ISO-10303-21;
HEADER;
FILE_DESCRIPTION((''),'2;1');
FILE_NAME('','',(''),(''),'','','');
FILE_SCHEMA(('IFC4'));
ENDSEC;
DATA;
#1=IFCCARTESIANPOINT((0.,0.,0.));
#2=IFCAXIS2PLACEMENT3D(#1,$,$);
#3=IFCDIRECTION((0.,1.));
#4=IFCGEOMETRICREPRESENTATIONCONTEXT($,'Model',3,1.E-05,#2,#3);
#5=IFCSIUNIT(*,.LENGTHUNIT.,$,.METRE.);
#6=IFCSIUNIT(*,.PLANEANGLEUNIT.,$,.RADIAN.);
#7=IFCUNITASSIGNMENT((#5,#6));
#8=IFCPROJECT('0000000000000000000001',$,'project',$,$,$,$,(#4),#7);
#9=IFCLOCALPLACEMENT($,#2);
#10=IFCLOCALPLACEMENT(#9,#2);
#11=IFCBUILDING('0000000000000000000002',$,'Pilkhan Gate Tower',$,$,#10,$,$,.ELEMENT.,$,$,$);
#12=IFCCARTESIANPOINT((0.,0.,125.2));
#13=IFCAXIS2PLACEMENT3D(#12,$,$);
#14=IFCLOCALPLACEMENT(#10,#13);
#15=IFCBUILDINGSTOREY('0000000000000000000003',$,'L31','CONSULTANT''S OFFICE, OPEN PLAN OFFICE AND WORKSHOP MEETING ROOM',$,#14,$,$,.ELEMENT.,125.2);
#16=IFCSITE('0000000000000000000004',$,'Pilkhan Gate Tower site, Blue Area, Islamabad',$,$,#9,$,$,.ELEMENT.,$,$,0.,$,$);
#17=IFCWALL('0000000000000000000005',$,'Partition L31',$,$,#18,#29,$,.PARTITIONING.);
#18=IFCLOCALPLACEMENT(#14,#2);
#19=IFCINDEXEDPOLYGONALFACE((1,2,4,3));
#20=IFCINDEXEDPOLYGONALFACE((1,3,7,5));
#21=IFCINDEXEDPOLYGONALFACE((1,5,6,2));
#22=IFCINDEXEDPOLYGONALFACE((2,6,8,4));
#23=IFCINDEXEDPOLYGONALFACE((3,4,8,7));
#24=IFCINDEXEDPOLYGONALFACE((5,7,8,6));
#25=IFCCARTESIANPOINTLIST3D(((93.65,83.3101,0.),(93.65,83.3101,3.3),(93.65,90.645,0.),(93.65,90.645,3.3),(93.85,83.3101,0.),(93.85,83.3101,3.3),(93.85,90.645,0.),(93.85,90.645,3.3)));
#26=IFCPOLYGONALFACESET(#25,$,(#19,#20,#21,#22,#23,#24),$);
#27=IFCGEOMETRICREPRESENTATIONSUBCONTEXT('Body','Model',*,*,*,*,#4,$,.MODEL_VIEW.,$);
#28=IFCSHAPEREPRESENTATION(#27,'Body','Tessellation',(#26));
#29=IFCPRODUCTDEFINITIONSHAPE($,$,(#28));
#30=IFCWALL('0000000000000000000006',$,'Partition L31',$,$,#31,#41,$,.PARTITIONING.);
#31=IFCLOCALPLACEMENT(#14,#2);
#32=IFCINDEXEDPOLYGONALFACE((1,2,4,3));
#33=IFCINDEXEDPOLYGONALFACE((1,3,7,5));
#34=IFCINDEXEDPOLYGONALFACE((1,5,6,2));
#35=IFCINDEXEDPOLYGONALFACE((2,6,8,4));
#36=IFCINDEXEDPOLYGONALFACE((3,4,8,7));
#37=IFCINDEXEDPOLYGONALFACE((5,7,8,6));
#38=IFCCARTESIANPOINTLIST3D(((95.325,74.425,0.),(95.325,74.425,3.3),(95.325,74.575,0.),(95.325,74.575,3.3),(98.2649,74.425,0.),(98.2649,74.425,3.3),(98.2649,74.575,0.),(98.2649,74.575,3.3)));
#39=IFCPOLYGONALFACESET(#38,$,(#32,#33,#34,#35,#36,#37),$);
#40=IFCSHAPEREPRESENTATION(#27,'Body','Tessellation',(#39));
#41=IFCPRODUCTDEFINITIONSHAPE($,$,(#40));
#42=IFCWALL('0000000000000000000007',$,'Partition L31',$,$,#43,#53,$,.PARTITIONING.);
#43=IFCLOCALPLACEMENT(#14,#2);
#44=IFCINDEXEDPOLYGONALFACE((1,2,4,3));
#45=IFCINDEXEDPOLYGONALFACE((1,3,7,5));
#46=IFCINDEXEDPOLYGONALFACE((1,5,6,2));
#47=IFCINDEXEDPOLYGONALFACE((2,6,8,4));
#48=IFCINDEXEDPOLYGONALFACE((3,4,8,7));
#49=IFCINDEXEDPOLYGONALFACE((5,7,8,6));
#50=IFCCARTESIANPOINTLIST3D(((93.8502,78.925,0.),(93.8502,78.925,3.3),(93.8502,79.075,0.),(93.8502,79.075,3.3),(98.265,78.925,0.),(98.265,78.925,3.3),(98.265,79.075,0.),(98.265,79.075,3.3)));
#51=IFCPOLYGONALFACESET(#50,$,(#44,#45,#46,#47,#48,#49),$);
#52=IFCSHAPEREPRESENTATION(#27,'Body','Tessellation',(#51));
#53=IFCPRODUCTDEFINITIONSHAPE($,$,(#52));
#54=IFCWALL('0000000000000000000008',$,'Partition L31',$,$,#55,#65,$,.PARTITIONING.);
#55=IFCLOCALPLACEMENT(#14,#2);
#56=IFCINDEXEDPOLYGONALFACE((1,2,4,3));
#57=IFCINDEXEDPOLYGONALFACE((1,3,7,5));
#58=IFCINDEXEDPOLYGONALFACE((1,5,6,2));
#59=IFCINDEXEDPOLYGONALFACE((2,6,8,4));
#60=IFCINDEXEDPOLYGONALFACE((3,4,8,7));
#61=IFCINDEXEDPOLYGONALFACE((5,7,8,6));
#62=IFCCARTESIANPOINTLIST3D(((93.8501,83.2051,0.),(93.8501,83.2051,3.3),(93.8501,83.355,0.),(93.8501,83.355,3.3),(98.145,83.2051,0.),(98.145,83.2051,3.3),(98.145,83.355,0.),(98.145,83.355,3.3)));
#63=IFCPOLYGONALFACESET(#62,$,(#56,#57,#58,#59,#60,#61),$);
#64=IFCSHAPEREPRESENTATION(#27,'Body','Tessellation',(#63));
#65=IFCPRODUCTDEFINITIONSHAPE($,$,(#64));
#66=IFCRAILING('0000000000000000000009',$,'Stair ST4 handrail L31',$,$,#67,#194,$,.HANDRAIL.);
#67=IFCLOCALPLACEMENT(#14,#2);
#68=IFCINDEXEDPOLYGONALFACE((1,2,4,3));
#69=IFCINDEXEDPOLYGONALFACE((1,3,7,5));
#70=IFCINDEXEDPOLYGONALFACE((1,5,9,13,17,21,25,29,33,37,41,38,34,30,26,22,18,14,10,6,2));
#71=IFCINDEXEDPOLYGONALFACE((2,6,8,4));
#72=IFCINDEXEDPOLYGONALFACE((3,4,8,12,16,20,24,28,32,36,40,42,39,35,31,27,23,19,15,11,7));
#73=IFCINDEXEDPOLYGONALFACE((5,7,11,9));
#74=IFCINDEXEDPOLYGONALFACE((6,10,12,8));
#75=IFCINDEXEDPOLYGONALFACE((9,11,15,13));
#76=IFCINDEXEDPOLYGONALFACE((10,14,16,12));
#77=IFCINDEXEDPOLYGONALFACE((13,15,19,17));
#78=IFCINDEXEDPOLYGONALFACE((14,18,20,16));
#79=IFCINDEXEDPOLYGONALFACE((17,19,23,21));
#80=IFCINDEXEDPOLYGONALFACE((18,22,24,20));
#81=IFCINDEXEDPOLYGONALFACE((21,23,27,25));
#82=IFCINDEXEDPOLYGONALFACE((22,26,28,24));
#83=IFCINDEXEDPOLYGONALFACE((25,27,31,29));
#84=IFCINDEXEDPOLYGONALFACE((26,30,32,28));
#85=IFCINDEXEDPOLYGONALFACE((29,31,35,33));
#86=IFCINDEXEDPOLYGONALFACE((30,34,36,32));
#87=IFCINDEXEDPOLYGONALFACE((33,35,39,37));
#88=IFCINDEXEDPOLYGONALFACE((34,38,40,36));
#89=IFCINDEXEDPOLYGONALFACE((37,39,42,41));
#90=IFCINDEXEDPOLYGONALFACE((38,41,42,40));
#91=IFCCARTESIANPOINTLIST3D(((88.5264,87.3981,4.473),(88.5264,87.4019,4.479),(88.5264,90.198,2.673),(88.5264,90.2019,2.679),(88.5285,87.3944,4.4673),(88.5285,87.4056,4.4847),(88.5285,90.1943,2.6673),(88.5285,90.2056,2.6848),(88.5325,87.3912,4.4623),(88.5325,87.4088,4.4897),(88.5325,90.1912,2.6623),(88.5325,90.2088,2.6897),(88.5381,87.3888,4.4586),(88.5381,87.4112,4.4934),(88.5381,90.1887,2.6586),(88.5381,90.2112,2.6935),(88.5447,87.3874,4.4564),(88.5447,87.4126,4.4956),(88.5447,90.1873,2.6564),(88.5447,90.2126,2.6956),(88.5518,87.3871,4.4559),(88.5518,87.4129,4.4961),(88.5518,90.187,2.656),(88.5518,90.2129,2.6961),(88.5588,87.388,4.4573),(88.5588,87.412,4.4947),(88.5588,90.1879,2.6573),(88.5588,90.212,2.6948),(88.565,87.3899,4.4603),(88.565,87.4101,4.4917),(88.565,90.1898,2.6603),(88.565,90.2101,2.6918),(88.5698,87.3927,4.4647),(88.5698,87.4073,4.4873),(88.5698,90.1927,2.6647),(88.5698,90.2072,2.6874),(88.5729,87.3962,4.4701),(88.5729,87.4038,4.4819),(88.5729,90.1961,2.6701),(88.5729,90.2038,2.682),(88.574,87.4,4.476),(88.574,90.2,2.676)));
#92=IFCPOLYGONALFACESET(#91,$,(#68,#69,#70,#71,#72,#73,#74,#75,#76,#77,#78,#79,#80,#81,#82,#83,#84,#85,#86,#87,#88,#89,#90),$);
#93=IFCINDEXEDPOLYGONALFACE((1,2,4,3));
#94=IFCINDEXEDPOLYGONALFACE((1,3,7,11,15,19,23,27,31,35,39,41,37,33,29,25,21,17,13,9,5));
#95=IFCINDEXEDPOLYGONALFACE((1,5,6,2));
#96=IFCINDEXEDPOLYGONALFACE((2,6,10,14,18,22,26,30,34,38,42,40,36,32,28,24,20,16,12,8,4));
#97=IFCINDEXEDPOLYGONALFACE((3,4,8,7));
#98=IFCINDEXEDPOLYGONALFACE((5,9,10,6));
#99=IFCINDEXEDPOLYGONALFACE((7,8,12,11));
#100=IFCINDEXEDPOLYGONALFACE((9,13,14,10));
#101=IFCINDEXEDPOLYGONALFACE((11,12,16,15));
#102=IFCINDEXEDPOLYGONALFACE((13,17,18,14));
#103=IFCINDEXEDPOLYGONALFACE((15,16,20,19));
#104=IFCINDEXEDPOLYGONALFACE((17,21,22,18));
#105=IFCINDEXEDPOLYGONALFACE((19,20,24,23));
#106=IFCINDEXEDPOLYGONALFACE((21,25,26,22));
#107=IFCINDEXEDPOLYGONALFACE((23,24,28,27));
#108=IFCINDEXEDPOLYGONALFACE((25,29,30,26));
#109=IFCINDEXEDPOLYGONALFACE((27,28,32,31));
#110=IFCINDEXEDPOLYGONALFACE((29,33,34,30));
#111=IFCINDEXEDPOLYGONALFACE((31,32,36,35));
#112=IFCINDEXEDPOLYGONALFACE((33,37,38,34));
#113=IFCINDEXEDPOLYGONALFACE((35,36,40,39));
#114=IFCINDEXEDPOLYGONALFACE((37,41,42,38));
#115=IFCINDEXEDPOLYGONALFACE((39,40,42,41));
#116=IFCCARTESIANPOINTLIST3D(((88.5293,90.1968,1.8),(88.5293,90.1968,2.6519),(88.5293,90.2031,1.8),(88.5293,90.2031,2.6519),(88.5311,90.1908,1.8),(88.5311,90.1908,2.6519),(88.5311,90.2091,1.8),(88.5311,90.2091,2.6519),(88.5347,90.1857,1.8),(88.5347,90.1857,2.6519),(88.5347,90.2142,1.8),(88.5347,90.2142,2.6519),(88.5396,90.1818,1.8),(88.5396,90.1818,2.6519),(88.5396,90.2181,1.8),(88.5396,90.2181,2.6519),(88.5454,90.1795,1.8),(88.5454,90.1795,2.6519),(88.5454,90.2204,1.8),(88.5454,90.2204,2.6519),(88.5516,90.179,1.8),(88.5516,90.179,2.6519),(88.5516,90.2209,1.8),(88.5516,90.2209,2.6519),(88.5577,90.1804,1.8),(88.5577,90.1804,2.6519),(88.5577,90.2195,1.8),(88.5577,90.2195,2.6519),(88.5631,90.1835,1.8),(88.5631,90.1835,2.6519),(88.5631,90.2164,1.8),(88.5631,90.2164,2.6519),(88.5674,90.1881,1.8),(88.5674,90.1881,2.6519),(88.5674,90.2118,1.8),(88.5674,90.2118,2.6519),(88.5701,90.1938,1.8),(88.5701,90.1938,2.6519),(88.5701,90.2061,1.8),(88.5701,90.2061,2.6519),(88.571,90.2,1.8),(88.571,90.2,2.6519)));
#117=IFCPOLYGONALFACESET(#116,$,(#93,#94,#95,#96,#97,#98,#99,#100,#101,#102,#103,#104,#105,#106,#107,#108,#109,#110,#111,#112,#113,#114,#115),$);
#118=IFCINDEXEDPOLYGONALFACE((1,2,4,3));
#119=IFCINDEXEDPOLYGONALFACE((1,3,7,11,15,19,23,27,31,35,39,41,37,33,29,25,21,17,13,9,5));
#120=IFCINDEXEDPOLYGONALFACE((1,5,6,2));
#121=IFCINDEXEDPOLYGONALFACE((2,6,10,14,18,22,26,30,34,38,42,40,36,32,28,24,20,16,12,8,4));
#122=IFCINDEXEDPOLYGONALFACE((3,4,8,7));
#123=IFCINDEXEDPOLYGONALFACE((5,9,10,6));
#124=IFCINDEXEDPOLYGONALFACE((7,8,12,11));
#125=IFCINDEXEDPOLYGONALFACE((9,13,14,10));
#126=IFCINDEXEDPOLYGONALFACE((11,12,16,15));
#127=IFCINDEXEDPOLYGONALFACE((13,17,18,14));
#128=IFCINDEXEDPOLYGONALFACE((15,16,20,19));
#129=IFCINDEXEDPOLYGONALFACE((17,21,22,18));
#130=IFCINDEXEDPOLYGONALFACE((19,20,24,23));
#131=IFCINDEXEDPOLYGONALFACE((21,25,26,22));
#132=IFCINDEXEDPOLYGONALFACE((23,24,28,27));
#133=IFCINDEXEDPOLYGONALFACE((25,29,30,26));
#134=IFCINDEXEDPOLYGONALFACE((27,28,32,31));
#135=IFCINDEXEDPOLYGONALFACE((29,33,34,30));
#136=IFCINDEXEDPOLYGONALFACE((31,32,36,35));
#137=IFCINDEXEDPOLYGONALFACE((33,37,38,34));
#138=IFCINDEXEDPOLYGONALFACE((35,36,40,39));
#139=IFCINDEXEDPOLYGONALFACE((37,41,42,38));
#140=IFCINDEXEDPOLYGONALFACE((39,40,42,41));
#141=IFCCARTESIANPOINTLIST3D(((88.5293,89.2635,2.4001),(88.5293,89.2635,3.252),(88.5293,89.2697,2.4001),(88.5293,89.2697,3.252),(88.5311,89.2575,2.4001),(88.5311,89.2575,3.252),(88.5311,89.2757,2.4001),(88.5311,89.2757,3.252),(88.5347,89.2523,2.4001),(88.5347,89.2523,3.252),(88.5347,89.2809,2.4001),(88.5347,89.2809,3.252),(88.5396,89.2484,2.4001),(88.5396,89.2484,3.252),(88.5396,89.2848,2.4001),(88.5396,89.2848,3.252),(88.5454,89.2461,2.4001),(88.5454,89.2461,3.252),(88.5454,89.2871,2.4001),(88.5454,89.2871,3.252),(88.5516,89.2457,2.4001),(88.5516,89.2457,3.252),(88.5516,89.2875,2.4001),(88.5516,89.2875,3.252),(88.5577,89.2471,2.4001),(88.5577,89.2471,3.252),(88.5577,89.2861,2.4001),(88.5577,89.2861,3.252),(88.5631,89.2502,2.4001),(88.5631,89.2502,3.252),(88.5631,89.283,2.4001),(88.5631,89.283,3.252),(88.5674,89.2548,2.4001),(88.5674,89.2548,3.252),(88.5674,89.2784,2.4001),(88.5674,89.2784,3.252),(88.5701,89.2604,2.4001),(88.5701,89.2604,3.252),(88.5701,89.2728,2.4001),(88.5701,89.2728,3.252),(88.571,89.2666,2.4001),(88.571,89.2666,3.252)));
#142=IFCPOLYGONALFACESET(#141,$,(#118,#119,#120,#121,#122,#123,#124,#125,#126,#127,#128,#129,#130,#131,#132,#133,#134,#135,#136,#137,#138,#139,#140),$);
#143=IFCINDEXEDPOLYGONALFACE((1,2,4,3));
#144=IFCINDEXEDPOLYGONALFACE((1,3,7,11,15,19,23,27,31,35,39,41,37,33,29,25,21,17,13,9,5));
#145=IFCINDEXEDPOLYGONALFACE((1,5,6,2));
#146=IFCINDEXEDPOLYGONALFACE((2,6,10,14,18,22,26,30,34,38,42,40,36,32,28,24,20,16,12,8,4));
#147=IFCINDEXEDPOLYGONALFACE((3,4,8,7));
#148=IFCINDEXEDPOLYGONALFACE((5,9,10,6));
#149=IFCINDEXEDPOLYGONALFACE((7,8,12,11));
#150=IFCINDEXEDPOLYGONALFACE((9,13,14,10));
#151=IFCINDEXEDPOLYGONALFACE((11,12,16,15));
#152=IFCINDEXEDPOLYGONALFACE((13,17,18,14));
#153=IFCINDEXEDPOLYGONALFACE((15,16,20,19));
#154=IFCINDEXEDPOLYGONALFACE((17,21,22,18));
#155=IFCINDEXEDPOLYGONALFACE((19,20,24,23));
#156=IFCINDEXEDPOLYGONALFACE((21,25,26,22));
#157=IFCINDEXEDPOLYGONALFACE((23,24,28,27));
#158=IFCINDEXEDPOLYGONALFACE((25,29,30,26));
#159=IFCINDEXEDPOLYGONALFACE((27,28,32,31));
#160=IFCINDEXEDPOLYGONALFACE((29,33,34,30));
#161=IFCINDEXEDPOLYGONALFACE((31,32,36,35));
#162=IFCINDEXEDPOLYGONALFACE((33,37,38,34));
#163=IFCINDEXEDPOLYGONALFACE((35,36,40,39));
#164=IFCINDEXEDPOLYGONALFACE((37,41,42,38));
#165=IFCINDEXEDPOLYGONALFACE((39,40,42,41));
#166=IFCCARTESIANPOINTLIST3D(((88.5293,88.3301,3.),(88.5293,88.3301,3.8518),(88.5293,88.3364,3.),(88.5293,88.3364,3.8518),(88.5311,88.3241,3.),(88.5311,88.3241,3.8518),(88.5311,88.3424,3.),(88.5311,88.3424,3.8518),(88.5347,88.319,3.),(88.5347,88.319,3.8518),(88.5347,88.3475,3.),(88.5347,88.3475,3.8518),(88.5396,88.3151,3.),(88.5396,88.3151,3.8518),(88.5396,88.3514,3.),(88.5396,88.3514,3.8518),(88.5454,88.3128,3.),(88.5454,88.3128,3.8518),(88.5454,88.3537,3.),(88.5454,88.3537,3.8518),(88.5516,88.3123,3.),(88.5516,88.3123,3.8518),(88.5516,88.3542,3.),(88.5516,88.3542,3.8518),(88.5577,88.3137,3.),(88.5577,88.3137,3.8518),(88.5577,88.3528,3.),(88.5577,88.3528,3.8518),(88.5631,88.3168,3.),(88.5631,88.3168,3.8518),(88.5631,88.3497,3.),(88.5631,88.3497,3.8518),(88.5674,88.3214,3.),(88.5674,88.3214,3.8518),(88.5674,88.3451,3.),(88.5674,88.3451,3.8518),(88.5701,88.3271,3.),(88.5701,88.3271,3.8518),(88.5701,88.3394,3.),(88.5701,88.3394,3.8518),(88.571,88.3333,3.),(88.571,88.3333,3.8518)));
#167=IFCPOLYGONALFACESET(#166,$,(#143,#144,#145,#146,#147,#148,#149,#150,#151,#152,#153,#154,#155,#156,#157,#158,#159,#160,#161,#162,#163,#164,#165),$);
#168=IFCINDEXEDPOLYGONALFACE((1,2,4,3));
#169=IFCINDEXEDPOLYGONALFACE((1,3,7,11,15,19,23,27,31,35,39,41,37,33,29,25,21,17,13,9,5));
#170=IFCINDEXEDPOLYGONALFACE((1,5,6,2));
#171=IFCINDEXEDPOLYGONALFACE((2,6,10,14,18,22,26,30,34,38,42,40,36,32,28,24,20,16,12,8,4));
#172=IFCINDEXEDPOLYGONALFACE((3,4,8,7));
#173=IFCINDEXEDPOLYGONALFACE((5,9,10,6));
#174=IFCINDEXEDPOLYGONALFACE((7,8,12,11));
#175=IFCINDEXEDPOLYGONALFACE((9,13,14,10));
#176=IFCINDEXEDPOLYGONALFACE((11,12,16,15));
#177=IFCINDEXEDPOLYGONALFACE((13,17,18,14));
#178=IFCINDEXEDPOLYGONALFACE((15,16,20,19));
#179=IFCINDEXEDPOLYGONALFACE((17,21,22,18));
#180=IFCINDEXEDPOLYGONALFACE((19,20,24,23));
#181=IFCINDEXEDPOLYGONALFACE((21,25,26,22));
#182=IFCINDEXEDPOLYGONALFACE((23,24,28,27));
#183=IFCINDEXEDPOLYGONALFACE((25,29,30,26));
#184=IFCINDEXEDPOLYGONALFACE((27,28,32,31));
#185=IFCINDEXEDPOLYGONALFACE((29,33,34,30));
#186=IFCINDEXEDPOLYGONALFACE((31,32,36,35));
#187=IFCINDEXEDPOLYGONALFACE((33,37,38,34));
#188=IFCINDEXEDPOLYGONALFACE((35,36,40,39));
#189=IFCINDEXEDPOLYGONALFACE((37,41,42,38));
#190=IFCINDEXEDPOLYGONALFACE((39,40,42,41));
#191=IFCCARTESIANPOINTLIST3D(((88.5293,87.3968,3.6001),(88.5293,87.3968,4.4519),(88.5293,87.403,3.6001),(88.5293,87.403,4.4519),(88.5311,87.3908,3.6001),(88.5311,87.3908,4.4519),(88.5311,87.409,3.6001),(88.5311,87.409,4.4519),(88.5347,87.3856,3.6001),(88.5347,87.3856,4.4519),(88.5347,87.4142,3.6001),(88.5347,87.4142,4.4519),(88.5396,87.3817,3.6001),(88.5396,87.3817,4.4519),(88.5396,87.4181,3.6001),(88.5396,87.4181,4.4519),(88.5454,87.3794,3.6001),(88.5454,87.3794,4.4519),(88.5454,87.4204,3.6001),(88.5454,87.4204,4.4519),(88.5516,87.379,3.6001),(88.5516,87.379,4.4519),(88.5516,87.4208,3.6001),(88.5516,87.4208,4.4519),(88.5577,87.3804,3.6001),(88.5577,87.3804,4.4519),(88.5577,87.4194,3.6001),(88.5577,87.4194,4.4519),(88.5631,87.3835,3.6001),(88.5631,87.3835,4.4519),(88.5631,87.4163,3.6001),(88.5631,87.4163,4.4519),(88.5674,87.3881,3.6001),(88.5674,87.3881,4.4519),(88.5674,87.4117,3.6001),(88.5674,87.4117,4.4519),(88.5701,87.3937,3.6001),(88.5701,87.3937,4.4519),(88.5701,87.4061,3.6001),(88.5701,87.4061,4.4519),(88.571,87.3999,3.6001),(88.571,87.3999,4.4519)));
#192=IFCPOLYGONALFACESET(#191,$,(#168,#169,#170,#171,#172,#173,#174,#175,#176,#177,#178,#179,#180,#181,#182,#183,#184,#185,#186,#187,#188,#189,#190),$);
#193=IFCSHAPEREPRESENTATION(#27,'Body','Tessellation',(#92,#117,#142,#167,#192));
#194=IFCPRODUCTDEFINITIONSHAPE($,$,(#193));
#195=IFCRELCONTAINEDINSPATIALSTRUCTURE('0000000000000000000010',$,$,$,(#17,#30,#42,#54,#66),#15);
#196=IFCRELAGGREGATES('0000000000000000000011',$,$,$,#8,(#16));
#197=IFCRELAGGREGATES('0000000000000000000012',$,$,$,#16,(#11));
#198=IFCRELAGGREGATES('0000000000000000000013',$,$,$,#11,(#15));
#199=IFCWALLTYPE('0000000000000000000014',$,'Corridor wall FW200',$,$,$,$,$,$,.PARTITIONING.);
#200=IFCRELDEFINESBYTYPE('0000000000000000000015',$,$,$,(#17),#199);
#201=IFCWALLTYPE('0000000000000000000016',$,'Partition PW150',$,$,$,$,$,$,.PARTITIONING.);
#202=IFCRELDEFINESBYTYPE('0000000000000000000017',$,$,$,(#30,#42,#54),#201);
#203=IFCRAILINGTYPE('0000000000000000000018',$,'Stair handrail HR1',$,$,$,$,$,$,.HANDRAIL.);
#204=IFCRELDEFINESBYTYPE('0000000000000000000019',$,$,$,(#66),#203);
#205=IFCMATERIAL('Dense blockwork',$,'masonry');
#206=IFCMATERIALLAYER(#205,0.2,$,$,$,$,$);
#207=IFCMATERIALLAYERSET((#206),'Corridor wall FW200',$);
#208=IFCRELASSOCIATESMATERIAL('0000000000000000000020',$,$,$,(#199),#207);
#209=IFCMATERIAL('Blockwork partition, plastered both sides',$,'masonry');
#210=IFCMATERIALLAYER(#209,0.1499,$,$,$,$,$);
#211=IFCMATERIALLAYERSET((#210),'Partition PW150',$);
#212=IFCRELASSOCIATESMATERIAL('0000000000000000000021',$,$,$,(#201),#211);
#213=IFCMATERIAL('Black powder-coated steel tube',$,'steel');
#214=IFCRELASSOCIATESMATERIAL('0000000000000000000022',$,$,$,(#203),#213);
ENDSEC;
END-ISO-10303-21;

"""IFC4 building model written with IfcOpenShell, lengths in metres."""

from ifc_helpers import new_model, si_unit, direction, frame, frame_2d, origin, origin_2d, place, context, subcontext, project, spatial, rectangle, circle, extrude, material, layer, layer_set, type_object, element, save


model = new_model("IFC4")

# Units and contexts
model_context = context("Model", 3, precision=1e-05, world=origin(), true_north=direction((0.0, 1.0)))
body_context = subcontext(model_context, "Body", "Model", "MODEL_VIEW")
ifc_project = project(units=[si_unit("LENGTHUNIT", "METRE"), si_unit("PLANEANGLEUNIT", "RADIAN")], contexts=[model_context])

# Site, building, storey
site_placement = place(None, origin())
site = spatial("IfcSite", under=ifc_project, at=site_placement, Name="Pilkhan Gate Tower site, Blue Area, Islamabad", CompositionType="ELEMENT", RefElevation=0.0)
building_placement = place(site_placement, origin())
building = spatial("IfcBuilding", under=site, at=building_placement, Name="Pilkhan Gate Tower", CompositionType="ELEMENT")
storey_placement = place(building_placement, frame((0.0, 0.0, 125.2)))
storey = spatial("IfcBuildingStorey", under=building, at=storey_placement, Name="L31", Description="CONSULTANT'S OFFICE, OPEN PLAN OFFICE AND WORKSHOP MEETING ROOM", CompositionType="ELEMENT", Elevation=125.2)

# Walls
ifc_material_1 = material(Name="Dense blockwork", Category="masonry")
ifc_layer_1 = layer(ifc_material_1, 0.2)
ifc_layer_set_1 = layer_set([ifc_layer_1], Name="Corridor wall FW200")
wall_type_1 = type_object("IfcWallType", Name="Corridor wall FW200", PredefinedType="PARTITIONING", material=ifc_layer_set_1)
wall_1_placement = place(storey_placement, frame((93.75, 83.3101, 0.0), z_axis=(0.0, 0.0, 1.0), x_axis=(0.0, 1.0, 0.0)))
element("IfcWall", 1, at=wall_1_placement, inside=storey, type_object=wall_type_1, Name="Partition L31", PredefinedType="PARTITIONING", context=body_context, shape_type="SweptSolid", body=[
    extrude(rectangle(XDim=7.335, YDim=0.2, at=frame_2d((3.6675, 0.0))), origin(), (0.0, 0.0, 1.0), 3.3),
])
ifc_material_2 = material(Name="Blockwork partition, plastered both sides", Category="masonry")
ifc_layer_2 = layer(ifc_material_2, 0.1499)
ifc_layer_set_2 = layer_set([ifc_layer_2], Name="Partition PW150")
wall_type_2 = type_object("IfcWallType", Name="Partition PW150", PredefinedType="PARTITIONING", material=ifc_layer_set_2)
wall_2_placement = place(storey_placement, frame((95.325, 74.5, 0.0), z_axis=(0.0, 0.0, 1.0), x_axis=(1.0, 0.0, 0.0)))
element("IfcWall", 2, at=wall_2_placement, inside=storey, type_object=wall_type_2, Name="Partition L31", PredefinedType="PARTITIONING", context=body_context, shape_type="SweptSolid", body=[
    extrude(rectangle(XDim=2.9399, YDim=0.1499, at=frame_2d((1.47, 0.0))), origin(), (0.0, 0.0, 1.0), 3.3),
])
wall_3_placement = place(storey_placement, frame((93.8501, 79.0, 0.0), z_axis=(0.0, 0.0, 1.0), x_axis=(1.0, 0.0, 0.0)))
element("IfcWall", 3, at=wall_3_placement, inside=storey, type_object=wall_type_2, Name="Partition L31", PredefinedType="PARTITIONING", context=body_context, shape_type="SweptSolid", body=[
    extrude(rectangle(XDim=4.4148, YDim=0.1499, at=frame_2d((2.2075, 0.0))), origin(), (0.0, 0.0, 1.0), 3.3),
])
wall_4_placement = place(storey_placement, frame((93.8501, 83.28, 0.0), z_axis=(0.0, 0.0, 1.0), x_axis=(1.0, 0.0, 0.0)))
element("IfcWall", 4, at=wall_4_placement, inside=storey, type_object=wall_type_2, Name="Partition L31", PredefinedType="PARTITIONING", context=body_context, shape_type="SweptSolid", body=[
    extrude(rectangle(XDim=4.2949, YDim=0.1499, at=frame_2d((2.1475, 0.0))), origin(), (0.0, 0.0, 1.0), 3.3),
])

# Railing
ifc_material_3 = material(Name="Black powder-coated steel tube", Category="steel")
railing_type_1 = type_object("IfcRailingType", Name="Stair handrail HR1", PredefinedType="HANDRAIL", material=ifc_material_3)
railing_placement = place(storey_placement, frame((88.55, 90.2, 1.8)))
element("IfcRailing", 5, at=railing_placement, inside=storey, type_object=railing_type_1, Name="Stair ST4 handrail L31", PredefinedType="HANDRAIL", context=body_context, shape_type="SweptSolid", body=[
    extrude(circle(Radius=0.0239, at=origin_2d()), frame((0.0, 0.0, 0.876), z_axis=(0.0, -0.841176, 0.540761), x_axis=(1.0, 0.0, 0.0)), (0.0, 0.0, 1.0), 3.3286),
    extrude(circle(Radius=0.021, at=origin_2d()), origin(), (0.0, 0.0, 1.0), 0.8518),
    extrude(circle(Radius=0.021, at=origin_2d()), frame((0.0, -0.9333, 0.6001)), (0.0, 0.0, 1.0), 0.8518),
    extrude(circle(Radius=0.021, at=origin_2d()), frame((0.0, -1.8667, 1.2)), (0.0, 0.0, 1.0), 0.8518),
    extrude(circle(Radius=0.021, at=origin_2d()), frame((0.0, -2.8, 1.8)), (0.0, 0.0, 1.0), 0.8518),
])

save(model, "model.ifc")
